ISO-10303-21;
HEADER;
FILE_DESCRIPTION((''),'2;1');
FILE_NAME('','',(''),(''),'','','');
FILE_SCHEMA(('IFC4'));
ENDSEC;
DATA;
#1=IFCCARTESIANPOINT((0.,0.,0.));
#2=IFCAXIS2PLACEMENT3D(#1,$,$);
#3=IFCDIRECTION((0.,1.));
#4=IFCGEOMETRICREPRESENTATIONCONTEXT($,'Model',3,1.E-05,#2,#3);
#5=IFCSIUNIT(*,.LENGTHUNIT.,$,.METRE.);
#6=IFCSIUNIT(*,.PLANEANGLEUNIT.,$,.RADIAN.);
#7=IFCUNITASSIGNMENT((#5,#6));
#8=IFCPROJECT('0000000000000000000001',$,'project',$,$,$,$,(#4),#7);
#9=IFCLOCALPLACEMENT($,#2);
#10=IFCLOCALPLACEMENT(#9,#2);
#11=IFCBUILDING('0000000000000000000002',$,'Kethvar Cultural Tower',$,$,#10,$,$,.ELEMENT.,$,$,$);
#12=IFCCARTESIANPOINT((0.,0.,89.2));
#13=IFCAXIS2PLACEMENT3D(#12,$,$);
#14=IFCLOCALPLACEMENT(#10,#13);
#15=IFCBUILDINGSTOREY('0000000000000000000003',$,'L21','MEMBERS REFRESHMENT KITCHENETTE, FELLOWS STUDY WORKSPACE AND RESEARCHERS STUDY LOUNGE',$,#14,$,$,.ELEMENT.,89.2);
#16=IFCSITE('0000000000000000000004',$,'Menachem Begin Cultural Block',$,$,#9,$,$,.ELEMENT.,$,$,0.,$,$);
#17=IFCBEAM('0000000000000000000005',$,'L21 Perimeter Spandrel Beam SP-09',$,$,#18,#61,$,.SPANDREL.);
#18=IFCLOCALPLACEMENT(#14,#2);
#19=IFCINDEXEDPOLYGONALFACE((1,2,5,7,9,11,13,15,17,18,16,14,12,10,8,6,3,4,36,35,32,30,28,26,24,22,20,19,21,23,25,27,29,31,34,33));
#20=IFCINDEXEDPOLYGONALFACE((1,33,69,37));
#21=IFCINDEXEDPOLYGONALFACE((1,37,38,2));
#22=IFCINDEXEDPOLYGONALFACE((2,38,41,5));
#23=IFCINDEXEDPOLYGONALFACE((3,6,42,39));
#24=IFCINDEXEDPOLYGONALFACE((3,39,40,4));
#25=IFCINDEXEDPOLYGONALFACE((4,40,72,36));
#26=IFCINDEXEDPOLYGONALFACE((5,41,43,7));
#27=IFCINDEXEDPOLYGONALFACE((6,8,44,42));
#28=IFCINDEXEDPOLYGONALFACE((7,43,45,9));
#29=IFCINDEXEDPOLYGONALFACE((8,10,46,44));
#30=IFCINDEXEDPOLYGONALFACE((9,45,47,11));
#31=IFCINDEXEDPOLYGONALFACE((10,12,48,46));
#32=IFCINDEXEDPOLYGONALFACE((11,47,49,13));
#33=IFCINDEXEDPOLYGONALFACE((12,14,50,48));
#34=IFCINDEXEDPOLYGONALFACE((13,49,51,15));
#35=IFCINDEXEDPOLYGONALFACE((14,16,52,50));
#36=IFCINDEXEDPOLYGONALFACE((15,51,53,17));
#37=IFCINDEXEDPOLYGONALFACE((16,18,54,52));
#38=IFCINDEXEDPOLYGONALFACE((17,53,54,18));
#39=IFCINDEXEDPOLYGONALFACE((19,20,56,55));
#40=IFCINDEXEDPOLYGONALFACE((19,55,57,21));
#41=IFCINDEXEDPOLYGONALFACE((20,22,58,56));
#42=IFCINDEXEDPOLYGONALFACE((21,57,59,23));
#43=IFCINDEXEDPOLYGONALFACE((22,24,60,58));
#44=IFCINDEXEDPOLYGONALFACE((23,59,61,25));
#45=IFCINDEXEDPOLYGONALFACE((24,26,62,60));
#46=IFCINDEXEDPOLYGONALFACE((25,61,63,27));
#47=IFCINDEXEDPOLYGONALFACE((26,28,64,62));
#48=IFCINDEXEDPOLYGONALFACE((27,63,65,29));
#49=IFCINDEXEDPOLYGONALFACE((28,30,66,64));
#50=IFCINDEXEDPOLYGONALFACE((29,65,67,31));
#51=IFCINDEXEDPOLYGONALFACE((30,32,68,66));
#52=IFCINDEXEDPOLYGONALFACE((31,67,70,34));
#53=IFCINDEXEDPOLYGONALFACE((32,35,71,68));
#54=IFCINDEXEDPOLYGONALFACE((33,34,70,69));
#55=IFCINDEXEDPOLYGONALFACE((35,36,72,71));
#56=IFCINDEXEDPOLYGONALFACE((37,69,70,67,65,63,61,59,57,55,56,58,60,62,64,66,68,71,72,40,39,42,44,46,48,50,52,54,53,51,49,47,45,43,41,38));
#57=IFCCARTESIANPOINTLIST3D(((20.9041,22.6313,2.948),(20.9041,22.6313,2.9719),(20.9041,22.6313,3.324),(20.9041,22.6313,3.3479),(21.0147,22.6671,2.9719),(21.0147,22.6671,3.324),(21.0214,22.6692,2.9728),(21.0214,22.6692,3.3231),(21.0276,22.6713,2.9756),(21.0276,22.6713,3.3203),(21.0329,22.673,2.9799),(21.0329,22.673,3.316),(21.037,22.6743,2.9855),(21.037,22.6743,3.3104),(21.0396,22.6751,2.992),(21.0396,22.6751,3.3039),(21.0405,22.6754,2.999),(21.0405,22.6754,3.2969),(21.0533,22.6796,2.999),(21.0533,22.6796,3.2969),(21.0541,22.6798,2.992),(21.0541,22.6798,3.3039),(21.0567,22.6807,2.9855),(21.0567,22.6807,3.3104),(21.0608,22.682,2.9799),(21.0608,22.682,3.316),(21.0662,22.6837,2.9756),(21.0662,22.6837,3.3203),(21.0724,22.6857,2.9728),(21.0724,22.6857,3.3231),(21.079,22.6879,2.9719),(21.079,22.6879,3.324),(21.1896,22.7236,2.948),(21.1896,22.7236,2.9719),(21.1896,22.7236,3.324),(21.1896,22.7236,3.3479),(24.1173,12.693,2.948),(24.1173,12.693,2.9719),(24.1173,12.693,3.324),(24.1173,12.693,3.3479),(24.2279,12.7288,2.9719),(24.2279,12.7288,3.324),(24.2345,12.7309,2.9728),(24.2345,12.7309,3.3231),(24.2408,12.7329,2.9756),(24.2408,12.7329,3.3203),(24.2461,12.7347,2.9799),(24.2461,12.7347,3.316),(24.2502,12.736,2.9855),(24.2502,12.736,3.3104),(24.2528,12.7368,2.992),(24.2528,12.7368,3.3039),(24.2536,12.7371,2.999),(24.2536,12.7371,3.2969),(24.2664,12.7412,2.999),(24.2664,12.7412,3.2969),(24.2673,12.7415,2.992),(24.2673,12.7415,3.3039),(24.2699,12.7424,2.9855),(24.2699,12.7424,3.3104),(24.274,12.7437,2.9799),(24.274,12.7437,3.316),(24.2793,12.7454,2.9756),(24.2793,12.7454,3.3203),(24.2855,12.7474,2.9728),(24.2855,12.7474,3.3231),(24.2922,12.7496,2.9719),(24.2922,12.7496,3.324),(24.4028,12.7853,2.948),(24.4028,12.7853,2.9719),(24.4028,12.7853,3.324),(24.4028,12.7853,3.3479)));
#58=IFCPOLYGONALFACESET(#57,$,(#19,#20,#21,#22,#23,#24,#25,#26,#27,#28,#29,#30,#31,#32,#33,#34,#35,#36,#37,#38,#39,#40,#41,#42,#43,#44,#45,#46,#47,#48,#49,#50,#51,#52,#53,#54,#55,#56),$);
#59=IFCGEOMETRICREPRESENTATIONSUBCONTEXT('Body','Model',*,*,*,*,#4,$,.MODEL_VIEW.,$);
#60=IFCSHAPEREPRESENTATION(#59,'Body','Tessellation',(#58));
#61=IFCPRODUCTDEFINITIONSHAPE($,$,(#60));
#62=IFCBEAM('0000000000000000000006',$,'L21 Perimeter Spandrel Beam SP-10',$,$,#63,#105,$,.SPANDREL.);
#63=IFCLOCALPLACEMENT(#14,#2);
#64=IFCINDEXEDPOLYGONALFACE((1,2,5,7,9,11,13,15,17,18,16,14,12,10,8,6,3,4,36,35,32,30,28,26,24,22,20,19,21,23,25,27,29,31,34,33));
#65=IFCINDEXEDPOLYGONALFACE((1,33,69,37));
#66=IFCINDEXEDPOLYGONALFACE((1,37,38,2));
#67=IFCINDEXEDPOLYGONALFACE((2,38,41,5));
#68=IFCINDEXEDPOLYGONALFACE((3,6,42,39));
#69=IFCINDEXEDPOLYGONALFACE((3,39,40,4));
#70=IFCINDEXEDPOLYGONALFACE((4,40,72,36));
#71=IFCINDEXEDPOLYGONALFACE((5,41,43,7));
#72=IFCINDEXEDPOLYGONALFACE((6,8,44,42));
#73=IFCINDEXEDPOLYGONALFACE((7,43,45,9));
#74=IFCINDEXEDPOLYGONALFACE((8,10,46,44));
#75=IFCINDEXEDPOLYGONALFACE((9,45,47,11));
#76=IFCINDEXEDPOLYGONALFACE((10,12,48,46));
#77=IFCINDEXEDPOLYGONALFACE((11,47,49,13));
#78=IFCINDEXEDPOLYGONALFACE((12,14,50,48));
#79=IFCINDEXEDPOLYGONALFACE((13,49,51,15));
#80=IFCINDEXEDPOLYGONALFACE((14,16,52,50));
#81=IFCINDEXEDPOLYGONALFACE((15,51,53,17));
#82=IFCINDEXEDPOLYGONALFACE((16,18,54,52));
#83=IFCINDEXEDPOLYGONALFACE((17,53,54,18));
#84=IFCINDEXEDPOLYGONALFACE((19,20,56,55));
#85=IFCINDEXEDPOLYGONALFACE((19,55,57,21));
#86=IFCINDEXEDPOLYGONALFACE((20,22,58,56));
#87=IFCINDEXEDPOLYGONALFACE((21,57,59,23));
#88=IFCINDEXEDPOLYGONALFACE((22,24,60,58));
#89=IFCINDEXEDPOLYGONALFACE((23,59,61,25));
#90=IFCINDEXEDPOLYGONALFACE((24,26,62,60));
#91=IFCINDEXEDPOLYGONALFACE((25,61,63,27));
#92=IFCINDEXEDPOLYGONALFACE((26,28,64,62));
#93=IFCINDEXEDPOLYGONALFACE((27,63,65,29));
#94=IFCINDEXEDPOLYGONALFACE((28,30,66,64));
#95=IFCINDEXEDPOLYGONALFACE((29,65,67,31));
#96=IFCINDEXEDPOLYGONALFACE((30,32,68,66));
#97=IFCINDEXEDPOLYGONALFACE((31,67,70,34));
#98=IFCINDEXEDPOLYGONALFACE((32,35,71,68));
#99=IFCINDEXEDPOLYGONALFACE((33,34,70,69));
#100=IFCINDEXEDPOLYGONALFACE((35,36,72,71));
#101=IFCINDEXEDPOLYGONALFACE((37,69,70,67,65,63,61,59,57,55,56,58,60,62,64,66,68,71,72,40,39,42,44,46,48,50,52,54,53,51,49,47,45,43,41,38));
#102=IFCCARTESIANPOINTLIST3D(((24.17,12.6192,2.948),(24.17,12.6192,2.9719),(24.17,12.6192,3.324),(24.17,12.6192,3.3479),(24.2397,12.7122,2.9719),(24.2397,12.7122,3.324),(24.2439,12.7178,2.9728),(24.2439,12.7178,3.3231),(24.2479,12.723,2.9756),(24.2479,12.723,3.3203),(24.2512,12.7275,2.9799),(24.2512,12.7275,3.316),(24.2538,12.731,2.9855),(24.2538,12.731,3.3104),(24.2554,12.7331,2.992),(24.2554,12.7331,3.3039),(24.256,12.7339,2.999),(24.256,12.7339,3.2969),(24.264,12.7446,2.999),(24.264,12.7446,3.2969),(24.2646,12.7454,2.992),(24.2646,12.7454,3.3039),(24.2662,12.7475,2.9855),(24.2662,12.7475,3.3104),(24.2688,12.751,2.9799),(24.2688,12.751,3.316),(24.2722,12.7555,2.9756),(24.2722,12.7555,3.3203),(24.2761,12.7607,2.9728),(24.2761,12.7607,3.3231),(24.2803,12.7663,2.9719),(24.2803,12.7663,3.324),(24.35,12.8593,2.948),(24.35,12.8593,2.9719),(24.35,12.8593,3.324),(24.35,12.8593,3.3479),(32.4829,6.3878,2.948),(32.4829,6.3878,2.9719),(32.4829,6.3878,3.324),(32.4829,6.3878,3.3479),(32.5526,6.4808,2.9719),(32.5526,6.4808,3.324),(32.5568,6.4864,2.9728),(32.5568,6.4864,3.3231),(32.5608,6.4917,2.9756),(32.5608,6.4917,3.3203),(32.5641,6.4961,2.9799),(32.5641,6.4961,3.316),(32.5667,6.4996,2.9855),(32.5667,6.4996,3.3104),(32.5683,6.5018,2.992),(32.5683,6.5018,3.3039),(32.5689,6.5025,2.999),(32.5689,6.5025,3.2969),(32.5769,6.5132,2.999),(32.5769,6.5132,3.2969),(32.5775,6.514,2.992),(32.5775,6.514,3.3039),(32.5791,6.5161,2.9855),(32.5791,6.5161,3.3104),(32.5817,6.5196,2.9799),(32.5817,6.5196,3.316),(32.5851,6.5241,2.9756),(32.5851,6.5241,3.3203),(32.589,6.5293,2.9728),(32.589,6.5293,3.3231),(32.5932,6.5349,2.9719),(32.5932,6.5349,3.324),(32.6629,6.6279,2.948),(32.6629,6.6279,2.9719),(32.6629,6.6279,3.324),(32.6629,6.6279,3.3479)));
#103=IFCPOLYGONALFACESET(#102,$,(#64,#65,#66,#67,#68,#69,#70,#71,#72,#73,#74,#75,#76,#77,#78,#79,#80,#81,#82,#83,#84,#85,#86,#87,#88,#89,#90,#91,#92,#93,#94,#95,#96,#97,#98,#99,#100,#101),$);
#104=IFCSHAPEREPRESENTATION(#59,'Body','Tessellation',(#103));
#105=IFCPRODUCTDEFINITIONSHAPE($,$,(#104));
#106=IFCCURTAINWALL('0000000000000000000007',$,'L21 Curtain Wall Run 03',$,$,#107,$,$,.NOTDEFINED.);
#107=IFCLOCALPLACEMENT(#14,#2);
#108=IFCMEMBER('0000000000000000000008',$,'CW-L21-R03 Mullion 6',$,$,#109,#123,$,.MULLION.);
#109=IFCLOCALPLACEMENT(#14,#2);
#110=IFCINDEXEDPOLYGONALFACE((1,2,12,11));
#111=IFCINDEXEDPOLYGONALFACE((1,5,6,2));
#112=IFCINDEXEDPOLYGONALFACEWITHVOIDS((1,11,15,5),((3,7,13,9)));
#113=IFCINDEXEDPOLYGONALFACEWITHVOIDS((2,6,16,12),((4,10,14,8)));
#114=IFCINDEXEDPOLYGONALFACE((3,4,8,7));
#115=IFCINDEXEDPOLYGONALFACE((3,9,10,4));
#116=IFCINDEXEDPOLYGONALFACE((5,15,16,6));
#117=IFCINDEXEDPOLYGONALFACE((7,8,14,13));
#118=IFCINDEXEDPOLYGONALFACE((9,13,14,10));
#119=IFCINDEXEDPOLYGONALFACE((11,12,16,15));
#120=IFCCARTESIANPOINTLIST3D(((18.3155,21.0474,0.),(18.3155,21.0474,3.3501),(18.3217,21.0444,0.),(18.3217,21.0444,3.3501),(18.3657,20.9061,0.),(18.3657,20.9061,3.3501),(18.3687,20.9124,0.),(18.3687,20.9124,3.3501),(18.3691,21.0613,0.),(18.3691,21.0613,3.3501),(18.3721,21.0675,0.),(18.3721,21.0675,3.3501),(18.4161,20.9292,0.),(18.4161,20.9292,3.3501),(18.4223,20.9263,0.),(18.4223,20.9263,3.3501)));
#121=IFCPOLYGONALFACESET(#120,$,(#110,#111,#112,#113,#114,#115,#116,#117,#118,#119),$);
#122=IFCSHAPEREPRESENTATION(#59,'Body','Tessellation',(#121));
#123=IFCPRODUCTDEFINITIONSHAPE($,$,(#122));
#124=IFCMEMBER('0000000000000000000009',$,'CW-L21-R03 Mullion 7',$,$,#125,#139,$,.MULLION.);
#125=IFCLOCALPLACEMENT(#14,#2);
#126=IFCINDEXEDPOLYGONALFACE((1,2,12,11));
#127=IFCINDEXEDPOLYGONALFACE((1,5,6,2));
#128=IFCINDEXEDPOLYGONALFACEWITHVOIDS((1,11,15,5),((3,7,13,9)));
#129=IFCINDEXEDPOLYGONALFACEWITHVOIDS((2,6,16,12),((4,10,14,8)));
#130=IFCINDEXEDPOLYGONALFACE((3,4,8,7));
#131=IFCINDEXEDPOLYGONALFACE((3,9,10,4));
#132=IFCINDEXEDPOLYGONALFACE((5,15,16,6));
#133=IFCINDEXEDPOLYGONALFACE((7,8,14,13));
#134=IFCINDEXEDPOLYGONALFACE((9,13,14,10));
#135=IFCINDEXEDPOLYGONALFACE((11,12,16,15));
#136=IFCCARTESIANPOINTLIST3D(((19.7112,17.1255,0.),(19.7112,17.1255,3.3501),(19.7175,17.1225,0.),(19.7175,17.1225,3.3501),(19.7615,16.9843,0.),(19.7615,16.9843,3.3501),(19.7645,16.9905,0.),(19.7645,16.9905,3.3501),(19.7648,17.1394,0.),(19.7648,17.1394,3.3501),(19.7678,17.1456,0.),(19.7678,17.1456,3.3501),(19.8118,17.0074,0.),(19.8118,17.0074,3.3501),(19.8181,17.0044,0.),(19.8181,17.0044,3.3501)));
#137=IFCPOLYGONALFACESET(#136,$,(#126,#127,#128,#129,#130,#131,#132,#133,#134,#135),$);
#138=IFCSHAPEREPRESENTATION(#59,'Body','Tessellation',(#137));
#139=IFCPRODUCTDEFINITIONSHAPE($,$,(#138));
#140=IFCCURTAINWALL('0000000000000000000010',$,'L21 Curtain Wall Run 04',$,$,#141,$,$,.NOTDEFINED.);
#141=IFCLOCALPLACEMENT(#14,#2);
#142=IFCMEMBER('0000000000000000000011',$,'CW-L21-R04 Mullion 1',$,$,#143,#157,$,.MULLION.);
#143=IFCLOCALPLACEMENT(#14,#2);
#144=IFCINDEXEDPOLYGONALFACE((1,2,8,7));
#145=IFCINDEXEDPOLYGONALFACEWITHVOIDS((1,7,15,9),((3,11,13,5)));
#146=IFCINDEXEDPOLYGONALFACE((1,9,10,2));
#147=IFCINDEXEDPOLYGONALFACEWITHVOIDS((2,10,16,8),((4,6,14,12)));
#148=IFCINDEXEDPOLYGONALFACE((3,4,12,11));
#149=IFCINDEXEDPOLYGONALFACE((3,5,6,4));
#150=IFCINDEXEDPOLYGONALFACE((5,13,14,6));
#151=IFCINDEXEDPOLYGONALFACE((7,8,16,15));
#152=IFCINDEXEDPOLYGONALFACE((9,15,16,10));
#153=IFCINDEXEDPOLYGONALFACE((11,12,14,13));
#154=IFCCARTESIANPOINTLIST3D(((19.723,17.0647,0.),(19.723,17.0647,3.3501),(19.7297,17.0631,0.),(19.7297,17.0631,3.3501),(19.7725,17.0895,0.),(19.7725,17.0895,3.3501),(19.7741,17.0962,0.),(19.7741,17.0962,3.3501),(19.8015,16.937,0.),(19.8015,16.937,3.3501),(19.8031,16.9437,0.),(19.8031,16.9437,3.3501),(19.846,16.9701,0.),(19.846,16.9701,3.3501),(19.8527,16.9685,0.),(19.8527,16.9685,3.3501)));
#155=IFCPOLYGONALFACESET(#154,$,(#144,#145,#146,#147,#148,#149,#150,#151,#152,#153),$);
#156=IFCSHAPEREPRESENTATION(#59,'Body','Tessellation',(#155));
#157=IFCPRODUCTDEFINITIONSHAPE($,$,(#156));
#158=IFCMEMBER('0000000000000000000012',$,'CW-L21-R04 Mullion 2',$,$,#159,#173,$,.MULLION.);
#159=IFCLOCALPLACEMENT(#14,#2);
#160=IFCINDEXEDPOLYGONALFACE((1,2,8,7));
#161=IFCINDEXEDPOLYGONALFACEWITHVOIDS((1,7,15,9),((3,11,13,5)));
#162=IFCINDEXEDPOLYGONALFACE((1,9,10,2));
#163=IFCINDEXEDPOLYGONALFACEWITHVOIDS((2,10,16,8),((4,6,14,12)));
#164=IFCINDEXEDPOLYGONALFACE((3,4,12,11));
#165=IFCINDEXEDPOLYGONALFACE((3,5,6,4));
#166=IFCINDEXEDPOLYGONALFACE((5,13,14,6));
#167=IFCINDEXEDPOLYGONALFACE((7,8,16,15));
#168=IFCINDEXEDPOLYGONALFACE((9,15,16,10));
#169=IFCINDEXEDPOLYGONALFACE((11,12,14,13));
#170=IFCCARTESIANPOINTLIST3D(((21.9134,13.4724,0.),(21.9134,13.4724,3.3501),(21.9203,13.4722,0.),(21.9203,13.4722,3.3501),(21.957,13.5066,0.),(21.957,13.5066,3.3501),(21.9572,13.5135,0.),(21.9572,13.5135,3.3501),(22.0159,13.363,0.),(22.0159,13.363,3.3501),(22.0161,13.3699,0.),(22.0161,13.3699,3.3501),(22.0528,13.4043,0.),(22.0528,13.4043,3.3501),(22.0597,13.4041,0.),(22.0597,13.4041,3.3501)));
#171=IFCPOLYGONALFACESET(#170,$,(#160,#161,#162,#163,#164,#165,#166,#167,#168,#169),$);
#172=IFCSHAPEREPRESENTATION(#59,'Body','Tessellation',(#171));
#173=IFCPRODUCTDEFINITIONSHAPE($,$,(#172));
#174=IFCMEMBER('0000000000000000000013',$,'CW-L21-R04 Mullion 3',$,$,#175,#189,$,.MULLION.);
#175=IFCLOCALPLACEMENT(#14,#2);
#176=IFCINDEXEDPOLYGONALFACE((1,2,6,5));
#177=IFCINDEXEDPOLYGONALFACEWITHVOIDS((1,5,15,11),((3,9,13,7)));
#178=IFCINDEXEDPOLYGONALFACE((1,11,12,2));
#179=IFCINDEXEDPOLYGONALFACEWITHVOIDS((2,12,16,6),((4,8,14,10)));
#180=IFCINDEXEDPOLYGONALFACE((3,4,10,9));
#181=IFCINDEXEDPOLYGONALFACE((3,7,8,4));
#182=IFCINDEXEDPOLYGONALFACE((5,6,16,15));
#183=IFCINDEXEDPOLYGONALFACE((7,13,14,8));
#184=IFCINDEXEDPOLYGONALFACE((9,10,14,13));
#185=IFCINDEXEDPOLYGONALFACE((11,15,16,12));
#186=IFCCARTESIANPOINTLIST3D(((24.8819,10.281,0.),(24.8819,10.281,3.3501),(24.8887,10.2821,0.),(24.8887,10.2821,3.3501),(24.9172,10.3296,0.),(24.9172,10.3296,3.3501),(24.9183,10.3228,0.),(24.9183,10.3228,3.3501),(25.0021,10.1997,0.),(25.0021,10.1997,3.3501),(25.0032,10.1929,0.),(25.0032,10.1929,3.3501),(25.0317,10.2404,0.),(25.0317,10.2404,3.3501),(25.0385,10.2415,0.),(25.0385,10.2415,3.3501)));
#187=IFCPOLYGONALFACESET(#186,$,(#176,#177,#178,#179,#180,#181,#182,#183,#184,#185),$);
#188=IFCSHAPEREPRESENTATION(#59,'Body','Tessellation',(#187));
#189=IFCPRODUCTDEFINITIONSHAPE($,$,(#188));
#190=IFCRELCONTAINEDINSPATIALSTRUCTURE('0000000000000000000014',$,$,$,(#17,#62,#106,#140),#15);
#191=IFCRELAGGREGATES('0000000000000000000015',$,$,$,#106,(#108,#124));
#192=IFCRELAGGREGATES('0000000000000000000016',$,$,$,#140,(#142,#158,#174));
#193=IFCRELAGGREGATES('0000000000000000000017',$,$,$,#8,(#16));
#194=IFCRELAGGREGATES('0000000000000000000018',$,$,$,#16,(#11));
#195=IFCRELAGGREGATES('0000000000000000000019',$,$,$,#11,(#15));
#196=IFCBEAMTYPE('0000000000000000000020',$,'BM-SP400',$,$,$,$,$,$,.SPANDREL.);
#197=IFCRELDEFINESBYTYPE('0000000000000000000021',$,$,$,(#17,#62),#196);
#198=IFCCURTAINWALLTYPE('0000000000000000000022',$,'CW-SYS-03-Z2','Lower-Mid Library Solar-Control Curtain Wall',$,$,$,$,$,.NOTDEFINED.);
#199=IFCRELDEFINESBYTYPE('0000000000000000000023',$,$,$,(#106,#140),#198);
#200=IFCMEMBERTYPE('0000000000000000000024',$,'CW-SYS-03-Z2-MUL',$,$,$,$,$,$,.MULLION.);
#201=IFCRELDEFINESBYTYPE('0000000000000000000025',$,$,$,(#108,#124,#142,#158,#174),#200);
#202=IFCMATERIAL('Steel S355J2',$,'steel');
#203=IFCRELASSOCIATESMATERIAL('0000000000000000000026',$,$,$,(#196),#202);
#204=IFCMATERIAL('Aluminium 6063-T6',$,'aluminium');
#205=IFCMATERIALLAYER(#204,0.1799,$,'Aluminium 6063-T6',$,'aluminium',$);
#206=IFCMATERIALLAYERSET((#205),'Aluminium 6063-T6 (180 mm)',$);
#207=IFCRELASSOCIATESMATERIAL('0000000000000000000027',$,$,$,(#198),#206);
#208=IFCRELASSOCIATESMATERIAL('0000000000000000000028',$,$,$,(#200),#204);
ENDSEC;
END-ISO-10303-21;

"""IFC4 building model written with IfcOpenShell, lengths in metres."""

from ifc_helpers import new_model, si_unit, direction, frame, origin, origin_2d, place, context, subcontext, project, spatial, hollow_rectangle, i_section, extrude, source, transform, mapped, material, layer, layer_set, material_profile, profile_set, type_object, element, aggregate, save


model = new_model("IFC4")

# Units and contexts
model_context = context("Model", 3, precision=1e-05, world=origin(), true_north=direction((0.0, 1.0)))
body_context = subcontext(model_context, "Body", "Model", "MODEL_VIEW")
ifc_project = project(units=[si_unit("LENGTHUNIT", "METRE"), si_unit("PLANEANGLEUNIT", "RADIAN")], contexts=[model_context])

# Site, building, storey
site_placement = place(None, origin())
site = spatial("IfcSite", under=ifc_project, at=site_placement, Name="Menachem Begin Cultural Block", CompositionType="ELEMENT", RefElevation=0.0)
building_placement = place(site_placement, origin())
building = spatial("IfcBuilding", under=site, at=building_placement, Name="Kethvar Cultural Tower", CompositionType="ELEMENT")
storey_placement = place(building_placement, frame((0.0, 0.0, 89.2)))
storey = spatial("IfcBuildingStorey", under=building, at=storey_placement, Name="L21", Description="MEMBERS REFRESHMENT KITCHENETTE, FELLOWS STUDY WORKSPACE AND RESEARCHERS STUDY LOUNGE", CompositionType="ELEMENT", Elevation=89.2)

# Beams
ifc_material_1 = material(Name="Steel S355J2", Category="steel")
ifc_material_profile_1 = material_profile(ifc_material_1, i_section(OverallWidth=0.3, OverallDepth=0.3999, WebThickness=0.0134, FlangeThickness=0.0239, FilletRadius=0.0271, at=origin_2d()), Name="Steel S355J2 — HEB400")
ifc_profile_set_1 = profile_set([ifc_material_profile_1], Name="Steel S355J2 — HEB400")
beam_type_1 = type_object("IfcBeamType", Name="BM-SP400", PredefinedType="SPANDREL", material=ifc_profile_set_1)
shared_shape_1 = source(origin(), body_context, "Body", "SweptSolid", [
    extrude(i_section(OverallWidth=0.3, OverallDepth=0.3999, WebThickness=0.0134, FlangeThickness=0.0239, FilletRadius=0.0271, at=origin_2d()), origin(), (0.0, 0.0, 1.0), 10.4448),
])
beam_1_placement = place(storey_placement, frame((21.0469, 22.6775, 3.1479), z_axis=(0.307632, -0.951506, 0.0), x_axis=(0.951506, 0.307632, 0.0)))
element("IfcBeam", 1, at=beam_1_placement, inside=storey, type_object=beam_type_1, Name="L21 Perimeter Spandrel Beam SP-09", PredefinedType="SPANDREL", context=body_context, shape_type="MappedRepresentation", body=[
    mapped(shared_shape_1, transform((0.0, 0.0, 0.0), scale=1.0)),
])
shared_shape_2 = source(origin(), body_context, "Body", "SweptSolid", [
    extrude(i_section(OverallWidth=0.3, OverallDepth=0.3999, WebThickness=0.0134, FlangeThickness=0.0239, FilletRadius=0.0271, at=origin_2d()), origin(), (0.0, 0.0, 1.0), 10.3892),
])
beam_2_placement = place(storey_placement, frame((24.26, 12.7393, 3.1479), z_axis=(0.800152, -0.599797, 0.0), x_axis=(0.599797, 0.800152, 0.0)))
element("IfcBeam", 2, at=beam_2_placement, inside=storey, type_object=beam_type_1, Name="L21 Perimeter Spandrel Beam SP-10", PredefinedType="SPANDREL", context=body_context, shape_type="MappedRepresentation", body=[
    mapped(shared_shape_2, transform((0.0, 0.0, 0.0), scale=1.0)),
])

# Curtain walls, members
ifc_material_2 = material(Name="Aluminium 6063-T6", Category="aluminium")
ifc_layer_1 = layer(ifc_material_2, 0.1799, Name="Aluminium 6063-T6", Category="aluminium")
ifc_layer_set_1 = layer_set([ifc_layer_1], Name="Aluminium 6063-T6 (180 mm)")
curtain_wall_type = type_object("IfcCurtainWallType", Name="CW-SYS-03-Z2", Description="Lower-Mid Library Solar-Control Curtain Wall", PredefinedType="NOTDEFINED", material=ifc_layer_set_1)
curtain_wall_1_placement = place(storey_placement, origin())
curtain_wall_1 = element("IfcCurtainWall", 3, at=curtain_wall_1_placement, inside=storey, type_object=curtain_wall_type, Name="L21 Curtain Wall Run 03", PredefinedType="NOTDEFINED")
ifc_material_profile_2 = material_profile(ifc_material_2, hollow_rectangle(XDim=0.0601, YDim=0.1499, WallThickness=0.0049, at=origin_2d()), Name="Aluminium 6063-T6 — RHS150x60x5")
ifc_profile_set_2 = profile_set([ifc_material_profile_2], Name="Aluminium 6063-T6 — RHS150x60x5")
member_type_1 = type_object("IfcMemberType", Name="CW-SYS-03-Z2-MUL", PredefinedType="MULLION", material=ifc_profile_set_2)
shared_shape_3 = source(origin(), body_context, "Body", "SweptSolid", [
    extrude(hollow_rectangle(XDim=0.0601, YDim=0.1499, WallThickness=0.0049, at=origin_2d()), origin(), (0.0, 0.0, 1.0), 3.3501),
])
member_1_placement = place(storey_placement, frame((18.3689, 20.9868, 0.0), z_axis=(0.0, 0.0, 1.0), x_axis=(0.94211, 0.335304, 0.0)))
member_1 = element("IfcMember", 4, at=member_1_placement, type_object=member_type_1, Name="CW-L21-R03 Mullion 6", PredefinedType="MULLION", context=body_context, shape_type="MappedRepresentation", body=[
    mapped(shared_shape_3, transform((0.0, 0.0, 0.0), scale=1.0)),
])
member_2_placement = place(storey_placement, frame((19.7646, 17.0649, 0.0), z_axis=(0.0, 0.0, 1.0), x_axis=(0.94211, 0.335304, 0.0)))
member_2 = element("IfcMember", 5, at=member_2_placement, type_object=member_type_1, Name="CW-L21-R03 Mullion 7", PredefinedType="MULLION", context=body_context, shape_type="MappedRepresentation", body=[
    mapped(shared_shape_3, transform((0.0, 0.0, 0.0), scale=1.0)),
])
curtain_wall_2_placement = place(storey_placement, origin())
curtain_wall_2 = element("IfcCurtainWall", 6, at=curtain_wall_2_placement, inside=storey, type_object=curtain_wall_type, Name="L21 Curtain Wall Run 04", PredefinedType="NOTDEFINED")
member_3_placement = place(storey_placement, frame((19.7878, 17.0166, 0.0), z_axis=(0.0, 0.0, 1.0), x_axis=(0.851718, 0.524001, 0.0)))
member_3 = element("IfcMember", 7, at=member_3_placement, type_object=member_type_1, Name="CW-L21-R04 Mullion 1", PredefinedType="MULLION", context=body_context, shape_type="MappedRepresentation", body=[
    mapped(shared_shape_3, transform((0.0, 0.0, 0.0), scale=1.0)),
])
member_4_placement = place(storey_placement, frame((21.9866, 13.4382, 0.0), z_axis=(0.0, 0.0, 1.0), x_axis=(0.729781, 0.683681, 0.0)))
member_4 = element("IfcMember", 8, at=member_4_placement, type_object=member_type_1, Name="CW-L21-R04 Mullion 2", PredefinedType="MULLION", context=body_context, shape_type="MappedRepresentation", body=[
    mapped(shared_shape_3, transform((0.0, 0.0, 0.0), scale=1.0)),
])
member_5_placement = place(storey_placement, frame((24.9602, 10.2612, 0.0), z_axis=(0.0, 0.0, 1.0), x_axis=(0.587757, 0.809038, 0.0)))
member_5 = element("IfcMember", 9, at=member_5_placement, type_object=member_type_1, Name="CW-L21-R04 Mullion 3", PredefinedType="MULLION", context=body_context, shape_type="MappedRepresentation", body=[
    mapped(shared_shape_3, transform((0.0, 0.0, 0.0), scale=1.0)),
])

aggregate(curtain_wall_1, [member_1, member_2])
aggregate(curtain_wall_2, [member_3, member_4, member_5])

save(model, "model.ifc")
